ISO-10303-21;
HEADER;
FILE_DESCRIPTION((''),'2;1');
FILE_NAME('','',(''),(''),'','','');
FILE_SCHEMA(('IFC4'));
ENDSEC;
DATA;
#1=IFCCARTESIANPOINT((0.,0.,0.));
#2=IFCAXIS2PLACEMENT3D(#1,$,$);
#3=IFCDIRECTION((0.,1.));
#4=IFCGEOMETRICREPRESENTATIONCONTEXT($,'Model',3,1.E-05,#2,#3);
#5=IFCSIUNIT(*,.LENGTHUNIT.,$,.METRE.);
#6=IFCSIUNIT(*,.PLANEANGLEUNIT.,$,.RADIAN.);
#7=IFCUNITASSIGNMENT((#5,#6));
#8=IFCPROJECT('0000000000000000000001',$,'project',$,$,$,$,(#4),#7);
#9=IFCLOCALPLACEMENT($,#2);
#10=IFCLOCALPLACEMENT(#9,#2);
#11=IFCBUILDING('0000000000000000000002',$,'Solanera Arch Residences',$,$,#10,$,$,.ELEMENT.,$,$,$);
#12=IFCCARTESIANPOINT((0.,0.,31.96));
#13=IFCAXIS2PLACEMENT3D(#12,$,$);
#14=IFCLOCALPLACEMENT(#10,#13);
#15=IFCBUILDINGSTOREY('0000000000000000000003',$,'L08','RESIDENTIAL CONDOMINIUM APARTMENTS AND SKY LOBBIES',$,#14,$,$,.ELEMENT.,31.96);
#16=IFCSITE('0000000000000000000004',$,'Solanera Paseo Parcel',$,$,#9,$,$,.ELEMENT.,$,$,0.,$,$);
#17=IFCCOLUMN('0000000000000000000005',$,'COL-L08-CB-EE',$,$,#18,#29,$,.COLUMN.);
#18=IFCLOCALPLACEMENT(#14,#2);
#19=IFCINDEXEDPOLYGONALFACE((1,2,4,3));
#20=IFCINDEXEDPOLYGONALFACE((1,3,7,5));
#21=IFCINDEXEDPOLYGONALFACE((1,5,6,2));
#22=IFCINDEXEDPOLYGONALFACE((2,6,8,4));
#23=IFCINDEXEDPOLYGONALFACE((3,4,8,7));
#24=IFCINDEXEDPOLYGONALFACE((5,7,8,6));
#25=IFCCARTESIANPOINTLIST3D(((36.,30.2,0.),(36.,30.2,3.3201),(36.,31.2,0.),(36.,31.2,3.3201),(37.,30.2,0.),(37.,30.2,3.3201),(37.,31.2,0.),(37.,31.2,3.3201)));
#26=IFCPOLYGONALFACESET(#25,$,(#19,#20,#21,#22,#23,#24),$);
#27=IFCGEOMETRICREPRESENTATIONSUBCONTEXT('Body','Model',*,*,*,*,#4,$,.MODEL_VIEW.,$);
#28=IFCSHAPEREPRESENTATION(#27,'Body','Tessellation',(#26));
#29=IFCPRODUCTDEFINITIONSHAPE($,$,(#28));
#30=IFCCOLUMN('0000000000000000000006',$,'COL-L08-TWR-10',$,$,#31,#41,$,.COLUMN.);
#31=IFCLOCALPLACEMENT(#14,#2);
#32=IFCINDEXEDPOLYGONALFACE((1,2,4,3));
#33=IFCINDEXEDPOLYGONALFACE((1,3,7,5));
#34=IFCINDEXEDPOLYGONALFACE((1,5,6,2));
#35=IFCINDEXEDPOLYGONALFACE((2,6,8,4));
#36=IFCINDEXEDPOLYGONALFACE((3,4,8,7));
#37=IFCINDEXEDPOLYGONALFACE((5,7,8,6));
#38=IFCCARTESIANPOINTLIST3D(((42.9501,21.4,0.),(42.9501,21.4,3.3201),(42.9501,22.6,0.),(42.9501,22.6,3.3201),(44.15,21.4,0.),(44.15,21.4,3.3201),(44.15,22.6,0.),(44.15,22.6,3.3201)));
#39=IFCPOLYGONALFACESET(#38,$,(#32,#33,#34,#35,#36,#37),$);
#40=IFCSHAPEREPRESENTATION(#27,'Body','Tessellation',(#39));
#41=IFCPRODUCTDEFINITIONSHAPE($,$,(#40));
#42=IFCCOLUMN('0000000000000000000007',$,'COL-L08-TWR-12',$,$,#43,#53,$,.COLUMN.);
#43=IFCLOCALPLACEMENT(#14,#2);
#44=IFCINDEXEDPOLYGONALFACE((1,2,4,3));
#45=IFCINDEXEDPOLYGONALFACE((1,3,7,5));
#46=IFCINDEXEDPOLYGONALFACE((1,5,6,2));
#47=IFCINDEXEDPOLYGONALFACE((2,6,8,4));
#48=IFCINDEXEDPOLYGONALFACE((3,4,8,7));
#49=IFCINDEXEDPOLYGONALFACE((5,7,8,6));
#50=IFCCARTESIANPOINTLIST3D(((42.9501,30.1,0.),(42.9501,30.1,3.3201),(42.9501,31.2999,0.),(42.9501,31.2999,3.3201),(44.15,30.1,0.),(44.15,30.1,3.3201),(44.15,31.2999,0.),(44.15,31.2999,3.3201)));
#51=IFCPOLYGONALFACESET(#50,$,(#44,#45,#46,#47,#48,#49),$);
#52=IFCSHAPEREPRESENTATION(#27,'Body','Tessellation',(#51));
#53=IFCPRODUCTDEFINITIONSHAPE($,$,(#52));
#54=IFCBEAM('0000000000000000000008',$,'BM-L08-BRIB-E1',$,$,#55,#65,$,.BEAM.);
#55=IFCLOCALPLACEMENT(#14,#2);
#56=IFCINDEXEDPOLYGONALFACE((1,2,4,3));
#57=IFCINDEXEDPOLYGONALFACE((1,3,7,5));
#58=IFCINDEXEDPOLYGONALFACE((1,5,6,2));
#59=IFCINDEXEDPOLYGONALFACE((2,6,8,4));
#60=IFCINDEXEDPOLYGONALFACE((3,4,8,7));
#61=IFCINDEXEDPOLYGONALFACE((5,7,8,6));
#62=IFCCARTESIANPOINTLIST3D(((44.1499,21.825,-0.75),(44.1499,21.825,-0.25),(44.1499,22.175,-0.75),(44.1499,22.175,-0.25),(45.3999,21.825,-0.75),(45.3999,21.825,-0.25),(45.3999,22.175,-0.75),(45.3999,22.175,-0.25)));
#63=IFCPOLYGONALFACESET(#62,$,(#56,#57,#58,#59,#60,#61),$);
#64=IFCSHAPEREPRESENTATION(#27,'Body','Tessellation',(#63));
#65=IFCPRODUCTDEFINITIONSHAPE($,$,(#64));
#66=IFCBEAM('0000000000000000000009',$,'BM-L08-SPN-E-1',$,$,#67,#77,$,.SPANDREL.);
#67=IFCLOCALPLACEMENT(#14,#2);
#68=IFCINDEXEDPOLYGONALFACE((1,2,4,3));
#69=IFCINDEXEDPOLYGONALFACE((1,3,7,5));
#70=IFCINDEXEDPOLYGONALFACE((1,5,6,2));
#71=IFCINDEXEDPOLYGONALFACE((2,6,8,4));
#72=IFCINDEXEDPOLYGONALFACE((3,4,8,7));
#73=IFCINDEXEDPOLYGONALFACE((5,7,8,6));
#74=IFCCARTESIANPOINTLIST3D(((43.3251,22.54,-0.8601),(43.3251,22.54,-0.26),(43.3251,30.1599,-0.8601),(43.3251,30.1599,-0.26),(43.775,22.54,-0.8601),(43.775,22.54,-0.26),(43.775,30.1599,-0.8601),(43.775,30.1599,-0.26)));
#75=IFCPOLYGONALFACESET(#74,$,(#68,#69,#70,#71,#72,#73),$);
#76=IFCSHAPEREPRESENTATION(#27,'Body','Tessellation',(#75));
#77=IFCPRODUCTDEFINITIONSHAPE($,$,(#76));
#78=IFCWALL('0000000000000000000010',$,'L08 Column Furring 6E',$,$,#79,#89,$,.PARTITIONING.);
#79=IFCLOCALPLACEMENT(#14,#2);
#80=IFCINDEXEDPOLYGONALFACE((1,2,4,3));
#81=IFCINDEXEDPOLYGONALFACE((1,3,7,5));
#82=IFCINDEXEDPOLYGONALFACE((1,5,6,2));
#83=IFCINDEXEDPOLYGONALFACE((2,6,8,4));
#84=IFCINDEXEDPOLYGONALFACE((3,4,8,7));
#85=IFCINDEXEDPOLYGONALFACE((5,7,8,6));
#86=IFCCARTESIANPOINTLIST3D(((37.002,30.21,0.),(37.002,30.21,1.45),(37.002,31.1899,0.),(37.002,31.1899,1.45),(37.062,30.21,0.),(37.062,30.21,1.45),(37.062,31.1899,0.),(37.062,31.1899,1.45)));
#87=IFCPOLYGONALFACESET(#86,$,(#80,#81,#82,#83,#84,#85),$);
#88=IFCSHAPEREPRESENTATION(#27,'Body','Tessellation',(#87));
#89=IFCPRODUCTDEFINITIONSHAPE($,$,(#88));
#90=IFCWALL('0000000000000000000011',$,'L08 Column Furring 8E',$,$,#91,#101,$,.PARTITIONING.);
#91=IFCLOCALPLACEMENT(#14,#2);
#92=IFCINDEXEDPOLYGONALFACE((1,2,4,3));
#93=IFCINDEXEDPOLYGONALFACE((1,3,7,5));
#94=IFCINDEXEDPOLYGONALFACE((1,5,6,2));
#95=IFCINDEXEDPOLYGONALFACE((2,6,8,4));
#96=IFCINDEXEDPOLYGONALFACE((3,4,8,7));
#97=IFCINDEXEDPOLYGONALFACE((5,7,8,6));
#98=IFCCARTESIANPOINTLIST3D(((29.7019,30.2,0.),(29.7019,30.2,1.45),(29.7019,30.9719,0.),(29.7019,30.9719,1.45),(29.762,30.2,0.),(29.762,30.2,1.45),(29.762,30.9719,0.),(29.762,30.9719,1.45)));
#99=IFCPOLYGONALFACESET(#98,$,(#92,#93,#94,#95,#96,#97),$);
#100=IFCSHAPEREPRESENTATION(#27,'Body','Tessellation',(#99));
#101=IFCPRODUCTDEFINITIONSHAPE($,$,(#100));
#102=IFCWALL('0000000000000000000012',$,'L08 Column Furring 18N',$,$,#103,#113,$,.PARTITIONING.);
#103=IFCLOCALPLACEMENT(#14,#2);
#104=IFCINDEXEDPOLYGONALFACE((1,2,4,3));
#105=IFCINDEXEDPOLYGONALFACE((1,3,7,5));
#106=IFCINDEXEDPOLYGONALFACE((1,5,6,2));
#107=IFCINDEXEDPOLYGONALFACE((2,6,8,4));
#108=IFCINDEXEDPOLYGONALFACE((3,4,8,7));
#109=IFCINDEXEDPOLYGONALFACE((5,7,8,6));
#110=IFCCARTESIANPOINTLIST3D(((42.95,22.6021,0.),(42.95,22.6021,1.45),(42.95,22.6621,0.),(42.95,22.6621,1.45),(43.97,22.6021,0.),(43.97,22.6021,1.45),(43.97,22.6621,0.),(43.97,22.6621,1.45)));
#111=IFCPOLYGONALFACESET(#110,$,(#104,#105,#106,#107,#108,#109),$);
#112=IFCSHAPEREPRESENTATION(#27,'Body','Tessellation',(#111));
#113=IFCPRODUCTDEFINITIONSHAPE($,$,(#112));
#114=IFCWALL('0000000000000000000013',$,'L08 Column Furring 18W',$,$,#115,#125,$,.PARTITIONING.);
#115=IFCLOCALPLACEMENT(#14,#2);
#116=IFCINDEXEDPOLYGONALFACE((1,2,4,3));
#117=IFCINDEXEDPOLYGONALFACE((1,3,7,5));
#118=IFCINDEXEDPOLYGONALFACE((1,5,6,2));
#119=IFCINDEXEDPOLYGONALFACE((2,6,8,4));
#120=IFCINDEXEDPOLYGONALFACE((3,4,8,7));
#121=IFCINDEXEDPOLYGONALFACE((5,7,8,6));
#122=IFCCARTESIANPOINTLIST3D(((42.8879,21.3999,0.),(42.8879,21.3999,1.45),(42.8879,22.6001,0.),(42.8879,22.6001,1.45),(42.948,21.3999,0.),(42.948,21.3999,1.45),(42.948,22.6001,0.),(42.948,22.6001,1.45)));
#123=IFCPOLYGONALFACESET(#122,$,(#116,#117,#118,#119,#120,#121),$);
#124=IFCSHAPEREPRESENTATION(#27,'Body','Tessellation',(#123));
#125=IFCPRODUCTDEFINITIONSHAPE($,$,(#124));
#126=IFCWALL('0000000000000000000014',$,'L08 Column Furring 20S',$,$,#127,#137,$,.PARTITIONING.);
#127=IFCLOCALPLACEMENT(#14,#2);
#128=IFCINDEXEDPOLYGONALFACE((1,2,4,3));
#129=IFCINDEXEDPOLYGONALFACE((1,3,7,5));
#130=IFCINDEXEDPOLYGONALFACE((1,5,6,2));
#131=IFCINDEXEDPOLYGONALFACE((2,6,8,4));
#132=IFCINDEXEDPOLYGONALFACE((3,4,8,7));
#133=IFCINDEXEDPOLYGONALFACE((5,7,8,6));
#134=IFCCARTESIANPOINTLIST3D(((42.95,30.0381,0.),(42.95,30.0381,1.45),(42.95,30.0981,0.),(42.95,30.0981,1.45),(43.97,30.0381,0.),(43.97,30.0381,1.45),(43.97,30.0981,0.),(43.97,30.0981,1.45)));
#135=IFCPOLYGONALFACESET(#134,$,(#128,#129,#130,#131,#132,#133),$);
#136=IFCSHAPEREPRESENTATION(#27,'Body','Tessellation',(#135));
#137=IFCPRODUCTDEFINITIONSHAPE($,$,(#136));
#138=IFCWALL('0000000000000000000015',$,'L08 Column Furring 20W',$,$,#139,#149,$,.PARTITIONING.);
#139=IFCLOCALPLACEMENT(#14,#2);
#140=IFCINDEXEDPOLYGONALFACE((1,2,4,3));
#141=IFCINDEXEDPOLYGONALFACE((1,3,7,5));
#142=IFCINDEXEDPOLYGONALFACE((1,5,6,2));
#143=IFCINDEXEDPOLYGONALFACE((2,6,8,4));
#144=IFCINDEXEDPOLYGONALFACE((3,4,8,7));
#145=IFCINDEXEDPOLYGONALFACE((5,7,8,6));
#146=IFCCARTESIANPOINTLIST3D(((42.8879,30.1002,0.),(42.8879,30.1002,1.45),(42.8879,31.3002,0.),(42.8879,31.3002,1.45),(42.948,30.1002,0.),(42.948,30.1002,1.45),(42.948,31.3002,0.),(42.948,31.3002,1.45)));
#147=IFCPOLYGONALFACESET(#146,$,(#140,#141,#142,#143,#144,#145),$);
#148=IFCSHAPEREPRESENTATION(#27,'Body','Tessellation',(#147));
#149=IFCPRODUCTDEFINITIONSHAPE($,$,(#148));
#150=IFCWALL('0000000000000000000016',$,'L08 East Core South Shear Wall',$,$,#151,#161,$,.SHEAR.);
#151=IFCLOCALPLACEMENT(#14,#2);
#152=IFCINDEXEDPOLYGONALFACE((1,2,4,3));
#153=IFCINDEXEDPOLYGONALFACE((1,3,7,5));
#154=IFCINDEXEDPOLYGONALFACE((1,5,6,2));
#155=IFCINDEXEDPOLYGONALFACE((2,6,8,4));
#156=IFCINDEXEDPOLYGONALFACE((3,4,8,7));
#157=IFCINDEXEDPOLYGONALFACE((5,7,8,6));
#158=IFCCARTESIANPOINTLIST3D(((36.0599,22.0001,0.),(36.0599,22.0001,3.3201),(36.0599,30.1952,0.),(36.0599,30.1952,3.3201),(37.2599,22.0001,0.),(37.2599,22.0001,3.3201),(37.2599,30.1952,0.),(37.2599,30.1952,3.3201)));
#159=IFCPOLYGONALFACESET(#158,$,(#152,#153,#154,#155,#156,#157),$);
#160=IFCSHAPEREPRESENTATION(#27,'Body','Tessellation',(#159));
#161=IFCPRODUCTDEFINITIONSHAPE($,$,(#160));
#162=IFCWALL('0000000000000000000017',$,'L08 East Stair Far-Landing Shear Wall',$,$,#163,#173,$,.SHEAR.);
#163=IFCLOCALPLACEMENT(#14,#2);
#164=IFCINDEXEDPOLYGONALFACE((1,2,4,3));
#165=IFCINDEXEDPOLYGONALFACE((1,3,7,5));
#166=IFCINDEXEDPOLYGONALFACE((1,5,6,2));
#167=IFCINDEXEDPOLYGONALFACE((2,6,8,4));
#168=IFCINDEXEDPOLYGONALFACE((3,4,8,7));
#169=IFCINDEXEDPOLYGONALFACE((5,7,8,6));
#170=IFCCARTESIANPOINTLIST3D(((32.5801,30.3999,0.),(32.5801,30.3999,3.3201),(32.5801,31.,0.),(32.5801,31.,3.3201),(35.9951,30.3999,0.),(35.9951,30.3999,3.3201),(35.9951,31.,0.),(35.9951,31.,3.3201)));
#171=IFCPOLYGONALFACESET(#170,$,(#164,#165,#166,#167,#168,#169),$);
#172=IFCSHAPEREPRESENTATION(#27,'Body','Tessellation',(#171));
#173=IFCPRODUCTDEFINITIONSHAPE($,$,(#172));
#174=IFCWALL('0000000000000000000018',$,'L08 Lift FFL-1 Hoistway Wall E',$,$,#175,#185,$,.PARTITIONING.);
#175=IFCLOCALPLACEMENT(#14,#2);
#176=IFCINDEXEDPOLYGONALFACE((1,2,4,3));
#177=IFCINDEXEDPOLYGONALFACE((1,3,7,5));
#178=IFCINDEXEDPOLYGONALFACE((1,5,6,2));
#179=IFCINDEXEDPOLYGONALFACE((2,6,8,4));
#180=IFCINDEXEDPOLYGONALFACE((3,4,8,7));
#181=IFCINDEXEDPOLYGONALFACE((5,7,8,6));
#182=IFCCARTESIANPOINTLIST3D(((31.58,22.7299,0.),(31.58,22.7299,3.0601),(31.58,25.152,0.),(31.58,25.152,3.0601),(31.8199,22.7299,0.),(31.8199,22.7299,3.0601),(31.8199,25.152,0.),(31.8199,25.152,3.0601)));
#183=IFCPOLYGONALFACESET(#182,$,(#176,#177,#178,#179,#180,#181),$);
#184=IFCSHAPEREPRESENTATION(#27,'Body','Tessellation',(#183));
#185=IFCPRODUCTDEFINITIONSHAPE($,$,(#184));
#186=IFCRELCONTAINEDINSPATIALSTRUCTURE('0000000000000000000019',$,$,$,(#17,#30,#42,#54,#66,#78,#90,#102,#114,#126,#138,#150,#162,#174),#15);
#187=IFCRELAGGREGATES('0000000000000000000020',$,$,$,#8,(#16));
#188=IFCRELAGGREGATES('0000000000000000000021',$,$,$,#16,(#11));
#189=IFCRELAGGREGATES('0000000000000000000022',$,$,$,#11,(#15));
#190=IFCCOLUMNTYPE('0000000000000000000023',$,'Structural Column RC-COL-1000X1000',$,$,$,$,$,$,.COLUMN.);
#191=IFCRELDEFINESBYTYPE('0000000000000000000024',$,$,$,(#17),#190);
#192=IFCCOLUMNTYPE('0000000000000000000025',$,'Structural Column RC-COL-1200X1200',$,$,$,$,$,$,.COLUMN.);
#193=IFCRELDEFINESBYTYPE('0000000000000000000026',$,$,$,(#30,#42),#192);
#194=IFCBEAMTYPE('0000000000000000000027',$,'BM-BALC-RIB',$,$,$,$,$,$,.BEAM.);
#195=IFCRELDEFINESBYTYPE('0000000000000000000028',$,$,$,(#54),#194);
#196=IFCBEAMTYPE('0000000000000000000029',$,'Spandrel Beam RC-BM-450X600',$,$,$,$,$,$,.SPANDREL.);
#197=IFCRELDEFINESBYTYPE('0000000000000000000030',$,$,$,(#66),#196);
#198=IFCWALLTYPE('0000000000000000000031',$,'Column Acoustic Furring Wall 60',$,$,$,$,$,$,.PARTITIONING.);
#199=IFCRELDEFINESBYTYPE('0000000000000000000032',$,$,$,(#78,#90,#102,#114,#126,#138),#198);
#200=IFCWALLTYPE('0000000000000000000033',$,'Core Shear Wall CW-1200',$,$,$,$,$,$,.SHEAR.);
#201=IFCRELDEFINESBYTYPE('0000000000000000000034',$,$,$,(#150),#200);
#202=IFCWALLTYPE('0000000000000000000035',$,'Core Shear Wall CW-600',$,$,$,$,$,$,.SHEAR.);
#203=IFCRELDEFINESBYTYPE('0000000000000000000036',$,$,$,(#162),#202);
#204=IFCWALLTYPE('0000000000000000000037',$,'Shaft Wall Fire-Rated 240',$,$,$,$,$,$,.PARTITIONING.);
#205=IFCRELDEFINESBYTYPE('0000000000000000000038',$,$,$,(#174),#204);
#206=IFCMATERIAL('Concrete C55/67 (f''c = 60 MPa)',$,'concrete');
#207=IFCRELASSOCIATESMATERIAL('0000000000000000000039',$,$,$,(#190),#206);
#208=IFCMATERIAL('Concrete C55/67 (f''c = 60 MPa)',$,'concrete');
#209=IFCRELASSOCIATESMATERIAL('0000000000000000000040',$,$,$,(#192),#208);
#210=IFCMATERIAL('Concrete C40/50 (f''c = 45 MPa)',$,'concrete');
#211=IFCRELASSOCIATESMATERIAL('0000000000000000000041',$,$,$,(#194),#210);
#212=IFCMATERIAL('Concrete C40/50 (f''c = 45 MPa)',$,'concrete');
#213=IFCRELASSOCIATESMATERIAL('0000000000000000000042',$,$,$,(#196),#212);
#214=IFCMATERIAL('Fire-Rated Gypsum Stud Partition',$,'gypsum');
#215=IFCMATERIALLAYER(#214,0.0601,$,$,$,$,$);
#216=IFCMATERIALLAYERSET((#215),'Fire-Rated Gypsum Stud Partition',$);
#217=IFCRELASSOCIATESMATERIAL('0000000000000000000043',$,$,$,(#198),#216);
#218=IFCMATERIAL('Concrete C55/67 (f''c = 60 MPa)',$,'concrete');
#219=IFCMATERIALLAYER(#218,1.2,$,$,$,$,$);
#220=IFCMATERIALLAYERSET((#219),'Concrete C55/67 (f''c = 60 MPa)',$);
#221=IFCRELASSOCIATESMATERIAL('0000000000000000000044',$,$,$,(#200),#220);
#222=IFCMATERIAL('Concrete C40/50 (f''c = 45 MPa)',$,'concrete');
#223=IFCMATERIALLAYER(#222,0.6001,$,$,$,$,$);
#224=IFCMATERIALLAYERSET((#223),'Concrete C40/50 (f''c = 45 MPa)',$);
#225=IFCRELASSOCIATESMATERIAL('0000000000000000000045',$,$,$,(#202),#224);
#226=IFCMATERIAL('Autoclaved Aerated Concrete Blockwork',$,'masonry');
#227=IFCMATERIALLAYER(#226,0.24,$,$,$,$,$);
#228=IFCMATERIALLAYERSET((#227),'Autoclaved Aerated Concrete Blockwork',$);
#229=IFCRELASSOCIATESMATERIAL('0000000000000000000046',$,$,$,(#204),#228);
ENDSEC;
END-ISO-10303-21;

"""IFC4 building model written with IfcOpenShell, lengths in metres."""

from ifc_helpers import new_model, si_unit, direction, frame, frame_2d, origin, origin_2d, place, context, subcontext, project, spatial, rectangle, extrude, material, layer, layer_set, material_profile, profile_set, type_object, element, save


model = new_model("IFC4")

# Units and contexts
model_context = context("Model", 3, precision=1e-05, world=origin(), true_north=direction((0.0, 1.0)))
body_context = subcontext(model_context, "Body", "Model", "MODEL_VIEW")
ifc_project = project(units=[si_unit("LENGTHUNIT", "METRE"), si_unit("PLANEANGLEUNIT", "RADIAN")], contexts=[model_context])

# Site, building, storey
site_placement = place(None, origin())
site = spatial("IfcSite", under=ifc_project, at=site_placement, Name="Solanera Paseo Parcel", CompositionType="ELEMENT", RefElevation=0.0)
building_placement = place(site_placement, origin())
building = spatial("IfcBuilding", under=site, at=building_placement, Name="Solanera Arch Residences", CompositionType="ELEMENT")
storey_placement = place(building_placement, frame((0.0, 0.0, 31.96)))
storey = spatial("IfcBuildingStorey", under=building, at=storey_placement, Name="L08", Description="RESIDENTIAL CONDOMINIUM APARTMENTS AND SKY LOBBIES", CompositionType="ELEMENT", Elevation=31.96)

# Columns
ifc_material_1 = material(Name="Concrete C55/67 (f'c = 60 MPa)", Category="concrete")
ifc_material_profile_1 = material_profile(ifc_material_1, rectangle(XDim=1.0, YDim=1.0, at=origin_2d()))
ifc_profile_set_1 = profile_set([ifc_material_profile_1], Name="Concrete C55/67 (f'c = 60 MPa)")
column_type_1 = type_object("IfcColumnType", Name="Structural Column RC-COL-1000X1000", PredefinedType="COLUMN", material=ifc_profile_set_1)
column_placement = place(storey_placement, frame((36.5, 30.7, 0.0), z_axis=(0.0, 0.0, 1.0), x_axis=(1.0, 0.0, 0.0)))
element("IfcColumn", 1, at=column_placement, inside=storey, type_object=column_type_1, Name="COL-L08-CB-EE", PredefinedType="COLUMN", context=body_context, shape_type="SweptSolid", body=[
    extrude(rectangle(XDim=1.0, YDim=1.0, at=origin_2d()), origin(), (0.0, 0.0, 1.0), 3.3201),
])
ifc_material_2 = material(Name="Concrete C55/67 (f'c = 60 MPa)", Category="concrete")
ifc_material_profile_2 = material_profile(ifc_material_2, rectangle(XDim=1.2, YDim=1.2, at=origin_2d()))
ifc_profile_set_2 = profile_set([ifc_material_profile_2], Name="Concrete C55/67 (f'c = 60 MPa)")
column_type_2 = type_object("IfcColumnType", Name="Structural Column RC-COL-1200X1200", PredefinedType="COLUMN", material=ifc_profile_set_2)
for number, where, z_axis, x_axis, name in (
    (2, (43.55, 22.0, 0.0), (0.0, 0.0, 1.0), (1.0, 0.0, 0.0), "COL-L08-TWR-10"),
    (3, (43.55, 30.7, 0.0), (0.0, 0.0, 1.0), (1.0, 0.0, 0.0), "COL-L08-TWR-12"),
):
    element("IfcColumn", number, at=place(storey_placement, frame(where, z_axis=z_axis, x_axis=x_axis)), inside=storey, type_object=column_type_2, Name=name, PredefinedType="COLUMN", context=body_context, shape_type="SweptSolid", body=[
        extrude(rectangle(XDim=1.2, YDim=1.2, at=origin_2d()), origin(), (0.0, 0.0, 1.0), 3.3201),
    ])

# Beams
ifc_material_3 = material(Name="Concrete C40/50 (f'c = 45 MPa)", Category="concrete")
ifc_material_profile_3 = material_profile(ifc_material_3, rectangle(XDim=0.3501, YDim=0.5, at=origin_2d()))
ifc_profile_set_3 = profile_set([ifc_material_profile_3], Name="Concrete C40/50 (f'c = 45 MPa)")
beam_type_1 = type_object("IfcBeamType", Name="BM-BALC-RIB", PredefinedType="BEAM", material=ifc_profile_set_3)
beam_1_placement = place(storey_placement, frame((44.1499, 22.0, -0.5), z_axis=(1.0, 0.0, 0.0), x_axis=(0.0, 1.0, 0.0)))
element("IfcBeam", 4, at=beam_1_placement, inside=storey, type_object=beam_type_1, Name="BM-L08-BRIB-E1", PredefinedType="BEAM", context=body_context, shape_type="SweptSolid", body=[
    extrude(rectangle(XDim=0.3501, YDim=0.5, at=origin_2d()), origin(), (0.0, 0.0, 1.0), 1.25),
])
ifc_material_4 = material(Name="Concrete C40/50 (f'c = 45 MPa)", Category="concrete")
ifc_material_profile_4 = material_profile(ifc_material_4, rectangle(XDim=0.45, YDim=0.6001, at=origin_2d()))
ifc_profile_set_4 = profile_set([ifc_material_profile_4], Name="Concrete C40/50 (f'c = 45 MPa)")
beam_type_2 = type_object("IfcBeamType", Name="Spandrel Beam RC-BM-450X600", PredefinedType="SPANDREL", material=ifc_profile_set_4)
beam_2_placement = place(storey_placement, frame((43.55, 22.54, -0.5601), z_axis=(0.0, 1.0, 0.0), x_axis=(-1.0, 0.0, 0.0)))
element("IfcBeam", 5, at=beam_2_placement, inside=storey, type_object=beam_type_2, Name="BM-L08-SPN-E-1", PredefinedType="SPANDREL", context=body_context, shape_type="SweptSolid", body=[
    extrude(rectangle(XDim=0.45, YDim=0.6001, at=origin_2d()), origin(), (0.0, 0.0, 1.0), 7.6199),
])

# Walls
ifc_material_5 = material(Name="Fire-Rated Gypsum Stud Partition", Category="gypsum")
ifc_layer_1 = layer(ifc_material_5, 0.0601)
ifc_layer_set_1 = layer_set([ifc_layer_1], Name="Fire-Rated Gypsum Stud Partition")
wall_type_1 = type_object("IfcWallType", Name="Column Acoustic Furring Wall 60", PredefinedType="PARTITIONING", material=ifc_layer_set_1)
wall_1_placement = place(storey_placement, frame((37.032, 30.21, 0.0), z_axis=(0.0, 0.0, 1.0), x_axis=(0.0, 1.0, 0.0)))
element("IfcWall", 6, at=wall_1_placement, inside=storey, type_object=wall_type_1, Name="L08 Column Furring 6E", PredefinedType="PARTITIONING", context=body_context, shape_type="SweptSolid", body=[
    extrude(rectangle(XDim=0.98, YDim=0.0601, at=frame_2d((0.49, 0.0))), origin(), (0.0, 0.0, 1.0), 1.45),
])
wall_2_placement = place(storey_placement, frame((29.7319, 30.2, 0.0), z_axis=(0.0, 0.0, 1.0), x_axis=(0.0, 1.0, 0.0)))
element("IfcWall", 7, at=wall_2_placement, inside=storey, type_object=wall_type_1, Name="L08 Column Furring 8E", PredefinedType="PARTITIONING", context=body_context, shape_type="SweptSolid", body=[
    extrude(rectangle(XDim=0.772, YDim=0.0601, at=frame_2d((0.386, 0.0))), origin(), (0.0, 0.0, 1.0), 1.45),
])
wall_3_placement = place(storey_placement, frame((42.95, 22.6321, 0.0), z_axis=(0.0, 0.0, 1.0), x_axis=(1.0, 0.0, 0.0)))
element("IfcWall", 8, at=wall_3_placement, inside=storey, type_object=wall_type_1, Name="L08 Column Furring 18N", PredefinedType="PARTITIONING", context=body_context, shape_type="SweptSolid", body=[
    extrude(rectangle(XDim=1.02, YDim=0.0601, at=frame_2d((0.51, 0.0))), origin(), (0.0, 0.0, 1.0), 1.45),
])
wall_4_placement = place(storey_placement, frame((42.918, 21.3999, 0.0), z_axis=(0.0, 0.0, 1.0), x_axis=(0.0, 1.0, 0.0)))
element("IfcWall", 9, at=wall_4_placement, inside=storey, type_object=wall_type_1, Name="L08 Column Furring 18W", PredefinedType="PARTITIONING", context=body_context, shape_type="SweptSolid", body=[
    extrude(rectangle(XDim=1.2002, YDim=0.0601, at=frame_2d((0.6001, 0.0))), origin(), (0.0, 0.0, 1.0), 1.45),
])
wall_5_placement = place(storey_placement, frame((42.95, 30.0681, 0.0), z_axis=(0.0, 0.0, 1.0), x_axis=(1.0, 0.0, 0.0)))
element("IfcWall", 10, at=wall_5_placement, inside=storey, type_object=wall_type_1, Name="L08 Column Furring 20S", PredefinedType="PARTITIONING", context=body_context, shape_type="SweptSolid", body=[
    extrude(rectangle(XDim=1.02, YDim=0.0601, at=frame_2d((0.51, 0.0))), origin(), (0.0, 0.0, 1.0), 1.45),
])
wall_6_placement = place(storey_placement, frame((42.918, 30.1001, 0.0), z_axis=(0.0, 0.0, 1.0), x_axis=(0.0, 1.0, 0.0)))
element("IfcWall", 11, at=wall_6_placement, inside=storey, type_object=wall_type_1, Name="L08 Column Furring 20W", PredefinedType="PARTITIONING", context=body_context, shape_type="SweptSolid", body=[
    extrude(rectangle(XDim=1.2, YDim=0.0601, at=frame_2d((0.6001, 0.0))), origin(), (0.0, 0.0, 1.0), 1.45),
])
ifc_material_6 = material(Name="Concrete C55/67 (f'c = 60 MPa)", Category="concrete")
ifc_layer_2 = layer(ifc_material_6, 1.2)
ifc_layer_set_2 = layer_set([ifc_layer_2], Name="Concrete C55/67 (f'c = 60 MPa)")
wall_type_2 = type_object("IfcWallType", Name="Core Shear Wall CW-1200", PredefinedType="SHEAR", material=ifc_layer_set_2)
wall_7_placement = place(storey_placement, frame((36.6599, 22.0, 0.0), z_axis=(0.0, 0.0, 1.0), x_axis=(0.0, 1.0, 0.0)))
element("IfcWall", 12, at=wall_7_placement, inside=storey, type_object=wall_type_2, Name="L08 East Core South Shear Wall", PredefinedType="SHEAR", context=body_context, shape_type="SweptSolid", body=[
    extrude(rectangle(XDim=8.1951, YDim=1.2, at=frame_2d((4.0977, 0.0))), origin(), (0.0, 0.0, 1.0), 3.3201),
])
ifc_material_7 = material(Name="Concrete C40/50 (f'c = 45 MPa)", Category="concrete")
ifc_layer_3 = layer(ifc_material_7, 0.6001)
ifc_layer_set_3 = layer_set([ifc_layer_3], Name="Concrete C40/50 (f'c = 45 MPa)")
wall_type_3 = type_object("IfcWallType", Name="Core Shear Wall CW-600", PredefinedType="SHEAR", material=ifc_layer_set_3)
wall_8_placement = place(storey_placement, frame((32.5801, 30.7, 0.0), z_axis=(0.0, 0.0, 1.0), x_axis=(1.0, 0.0, 0.0)))
element("IfcWall", 13, at=wall_8_placement, inside=storey, type_object=wall_type_3, Name="L08 East Stair Far-Landing Shear Wall", PredefinedType="SHEAR", context=body_context, shape_type="SweptSolid", body=[
    extrude(rectangle(XDim=3.415, YDim=0.6001, at=frame_2d((1.7075, 0.0))), origin(), (0.0, 0.0, 1.0), 3.3201),
])
ifc_material_8 = material(Name="Autoclaved Aerated Concrete Blockwork", Category="masonry")
ifc_layer_4 = layer(ifc_material_8, 0.24)
ifc_layer_set_4 = layer_set([ifc_layer_4], Name="Autoclaved Aerated Concrete Blockwork")
wall_type_4 = type_object("IfcWallType", Name="Shaft Wall Fire-Rated 240", PredefinedType="PARTITIONING", material=ifc_layer_set_4)
wall_9_placement = place(storey_placement, frame((31.7, 22.73, 0.0), z_axis=(0.0, 0.0, 1.0), x_axis=(0.0, 1.0, 0.0)))
element("IfcWall", 14, at=wall_9_placement, inside=storey, type_object=wall_type_4, Name="L08 Lift FFL-1 Hoistway Wall E", PredefinedType="PARTITIONING", context=body_context, shape_type="SweptSolid", body=[
    extrude(rectangle(XDim=2.4221, YDim=0.24, at=frame_2d((1.2109, 0.0))), origin(), (0.0, 0.0, 1.0), 3.0601),
])

save(model, "model.ifc")
